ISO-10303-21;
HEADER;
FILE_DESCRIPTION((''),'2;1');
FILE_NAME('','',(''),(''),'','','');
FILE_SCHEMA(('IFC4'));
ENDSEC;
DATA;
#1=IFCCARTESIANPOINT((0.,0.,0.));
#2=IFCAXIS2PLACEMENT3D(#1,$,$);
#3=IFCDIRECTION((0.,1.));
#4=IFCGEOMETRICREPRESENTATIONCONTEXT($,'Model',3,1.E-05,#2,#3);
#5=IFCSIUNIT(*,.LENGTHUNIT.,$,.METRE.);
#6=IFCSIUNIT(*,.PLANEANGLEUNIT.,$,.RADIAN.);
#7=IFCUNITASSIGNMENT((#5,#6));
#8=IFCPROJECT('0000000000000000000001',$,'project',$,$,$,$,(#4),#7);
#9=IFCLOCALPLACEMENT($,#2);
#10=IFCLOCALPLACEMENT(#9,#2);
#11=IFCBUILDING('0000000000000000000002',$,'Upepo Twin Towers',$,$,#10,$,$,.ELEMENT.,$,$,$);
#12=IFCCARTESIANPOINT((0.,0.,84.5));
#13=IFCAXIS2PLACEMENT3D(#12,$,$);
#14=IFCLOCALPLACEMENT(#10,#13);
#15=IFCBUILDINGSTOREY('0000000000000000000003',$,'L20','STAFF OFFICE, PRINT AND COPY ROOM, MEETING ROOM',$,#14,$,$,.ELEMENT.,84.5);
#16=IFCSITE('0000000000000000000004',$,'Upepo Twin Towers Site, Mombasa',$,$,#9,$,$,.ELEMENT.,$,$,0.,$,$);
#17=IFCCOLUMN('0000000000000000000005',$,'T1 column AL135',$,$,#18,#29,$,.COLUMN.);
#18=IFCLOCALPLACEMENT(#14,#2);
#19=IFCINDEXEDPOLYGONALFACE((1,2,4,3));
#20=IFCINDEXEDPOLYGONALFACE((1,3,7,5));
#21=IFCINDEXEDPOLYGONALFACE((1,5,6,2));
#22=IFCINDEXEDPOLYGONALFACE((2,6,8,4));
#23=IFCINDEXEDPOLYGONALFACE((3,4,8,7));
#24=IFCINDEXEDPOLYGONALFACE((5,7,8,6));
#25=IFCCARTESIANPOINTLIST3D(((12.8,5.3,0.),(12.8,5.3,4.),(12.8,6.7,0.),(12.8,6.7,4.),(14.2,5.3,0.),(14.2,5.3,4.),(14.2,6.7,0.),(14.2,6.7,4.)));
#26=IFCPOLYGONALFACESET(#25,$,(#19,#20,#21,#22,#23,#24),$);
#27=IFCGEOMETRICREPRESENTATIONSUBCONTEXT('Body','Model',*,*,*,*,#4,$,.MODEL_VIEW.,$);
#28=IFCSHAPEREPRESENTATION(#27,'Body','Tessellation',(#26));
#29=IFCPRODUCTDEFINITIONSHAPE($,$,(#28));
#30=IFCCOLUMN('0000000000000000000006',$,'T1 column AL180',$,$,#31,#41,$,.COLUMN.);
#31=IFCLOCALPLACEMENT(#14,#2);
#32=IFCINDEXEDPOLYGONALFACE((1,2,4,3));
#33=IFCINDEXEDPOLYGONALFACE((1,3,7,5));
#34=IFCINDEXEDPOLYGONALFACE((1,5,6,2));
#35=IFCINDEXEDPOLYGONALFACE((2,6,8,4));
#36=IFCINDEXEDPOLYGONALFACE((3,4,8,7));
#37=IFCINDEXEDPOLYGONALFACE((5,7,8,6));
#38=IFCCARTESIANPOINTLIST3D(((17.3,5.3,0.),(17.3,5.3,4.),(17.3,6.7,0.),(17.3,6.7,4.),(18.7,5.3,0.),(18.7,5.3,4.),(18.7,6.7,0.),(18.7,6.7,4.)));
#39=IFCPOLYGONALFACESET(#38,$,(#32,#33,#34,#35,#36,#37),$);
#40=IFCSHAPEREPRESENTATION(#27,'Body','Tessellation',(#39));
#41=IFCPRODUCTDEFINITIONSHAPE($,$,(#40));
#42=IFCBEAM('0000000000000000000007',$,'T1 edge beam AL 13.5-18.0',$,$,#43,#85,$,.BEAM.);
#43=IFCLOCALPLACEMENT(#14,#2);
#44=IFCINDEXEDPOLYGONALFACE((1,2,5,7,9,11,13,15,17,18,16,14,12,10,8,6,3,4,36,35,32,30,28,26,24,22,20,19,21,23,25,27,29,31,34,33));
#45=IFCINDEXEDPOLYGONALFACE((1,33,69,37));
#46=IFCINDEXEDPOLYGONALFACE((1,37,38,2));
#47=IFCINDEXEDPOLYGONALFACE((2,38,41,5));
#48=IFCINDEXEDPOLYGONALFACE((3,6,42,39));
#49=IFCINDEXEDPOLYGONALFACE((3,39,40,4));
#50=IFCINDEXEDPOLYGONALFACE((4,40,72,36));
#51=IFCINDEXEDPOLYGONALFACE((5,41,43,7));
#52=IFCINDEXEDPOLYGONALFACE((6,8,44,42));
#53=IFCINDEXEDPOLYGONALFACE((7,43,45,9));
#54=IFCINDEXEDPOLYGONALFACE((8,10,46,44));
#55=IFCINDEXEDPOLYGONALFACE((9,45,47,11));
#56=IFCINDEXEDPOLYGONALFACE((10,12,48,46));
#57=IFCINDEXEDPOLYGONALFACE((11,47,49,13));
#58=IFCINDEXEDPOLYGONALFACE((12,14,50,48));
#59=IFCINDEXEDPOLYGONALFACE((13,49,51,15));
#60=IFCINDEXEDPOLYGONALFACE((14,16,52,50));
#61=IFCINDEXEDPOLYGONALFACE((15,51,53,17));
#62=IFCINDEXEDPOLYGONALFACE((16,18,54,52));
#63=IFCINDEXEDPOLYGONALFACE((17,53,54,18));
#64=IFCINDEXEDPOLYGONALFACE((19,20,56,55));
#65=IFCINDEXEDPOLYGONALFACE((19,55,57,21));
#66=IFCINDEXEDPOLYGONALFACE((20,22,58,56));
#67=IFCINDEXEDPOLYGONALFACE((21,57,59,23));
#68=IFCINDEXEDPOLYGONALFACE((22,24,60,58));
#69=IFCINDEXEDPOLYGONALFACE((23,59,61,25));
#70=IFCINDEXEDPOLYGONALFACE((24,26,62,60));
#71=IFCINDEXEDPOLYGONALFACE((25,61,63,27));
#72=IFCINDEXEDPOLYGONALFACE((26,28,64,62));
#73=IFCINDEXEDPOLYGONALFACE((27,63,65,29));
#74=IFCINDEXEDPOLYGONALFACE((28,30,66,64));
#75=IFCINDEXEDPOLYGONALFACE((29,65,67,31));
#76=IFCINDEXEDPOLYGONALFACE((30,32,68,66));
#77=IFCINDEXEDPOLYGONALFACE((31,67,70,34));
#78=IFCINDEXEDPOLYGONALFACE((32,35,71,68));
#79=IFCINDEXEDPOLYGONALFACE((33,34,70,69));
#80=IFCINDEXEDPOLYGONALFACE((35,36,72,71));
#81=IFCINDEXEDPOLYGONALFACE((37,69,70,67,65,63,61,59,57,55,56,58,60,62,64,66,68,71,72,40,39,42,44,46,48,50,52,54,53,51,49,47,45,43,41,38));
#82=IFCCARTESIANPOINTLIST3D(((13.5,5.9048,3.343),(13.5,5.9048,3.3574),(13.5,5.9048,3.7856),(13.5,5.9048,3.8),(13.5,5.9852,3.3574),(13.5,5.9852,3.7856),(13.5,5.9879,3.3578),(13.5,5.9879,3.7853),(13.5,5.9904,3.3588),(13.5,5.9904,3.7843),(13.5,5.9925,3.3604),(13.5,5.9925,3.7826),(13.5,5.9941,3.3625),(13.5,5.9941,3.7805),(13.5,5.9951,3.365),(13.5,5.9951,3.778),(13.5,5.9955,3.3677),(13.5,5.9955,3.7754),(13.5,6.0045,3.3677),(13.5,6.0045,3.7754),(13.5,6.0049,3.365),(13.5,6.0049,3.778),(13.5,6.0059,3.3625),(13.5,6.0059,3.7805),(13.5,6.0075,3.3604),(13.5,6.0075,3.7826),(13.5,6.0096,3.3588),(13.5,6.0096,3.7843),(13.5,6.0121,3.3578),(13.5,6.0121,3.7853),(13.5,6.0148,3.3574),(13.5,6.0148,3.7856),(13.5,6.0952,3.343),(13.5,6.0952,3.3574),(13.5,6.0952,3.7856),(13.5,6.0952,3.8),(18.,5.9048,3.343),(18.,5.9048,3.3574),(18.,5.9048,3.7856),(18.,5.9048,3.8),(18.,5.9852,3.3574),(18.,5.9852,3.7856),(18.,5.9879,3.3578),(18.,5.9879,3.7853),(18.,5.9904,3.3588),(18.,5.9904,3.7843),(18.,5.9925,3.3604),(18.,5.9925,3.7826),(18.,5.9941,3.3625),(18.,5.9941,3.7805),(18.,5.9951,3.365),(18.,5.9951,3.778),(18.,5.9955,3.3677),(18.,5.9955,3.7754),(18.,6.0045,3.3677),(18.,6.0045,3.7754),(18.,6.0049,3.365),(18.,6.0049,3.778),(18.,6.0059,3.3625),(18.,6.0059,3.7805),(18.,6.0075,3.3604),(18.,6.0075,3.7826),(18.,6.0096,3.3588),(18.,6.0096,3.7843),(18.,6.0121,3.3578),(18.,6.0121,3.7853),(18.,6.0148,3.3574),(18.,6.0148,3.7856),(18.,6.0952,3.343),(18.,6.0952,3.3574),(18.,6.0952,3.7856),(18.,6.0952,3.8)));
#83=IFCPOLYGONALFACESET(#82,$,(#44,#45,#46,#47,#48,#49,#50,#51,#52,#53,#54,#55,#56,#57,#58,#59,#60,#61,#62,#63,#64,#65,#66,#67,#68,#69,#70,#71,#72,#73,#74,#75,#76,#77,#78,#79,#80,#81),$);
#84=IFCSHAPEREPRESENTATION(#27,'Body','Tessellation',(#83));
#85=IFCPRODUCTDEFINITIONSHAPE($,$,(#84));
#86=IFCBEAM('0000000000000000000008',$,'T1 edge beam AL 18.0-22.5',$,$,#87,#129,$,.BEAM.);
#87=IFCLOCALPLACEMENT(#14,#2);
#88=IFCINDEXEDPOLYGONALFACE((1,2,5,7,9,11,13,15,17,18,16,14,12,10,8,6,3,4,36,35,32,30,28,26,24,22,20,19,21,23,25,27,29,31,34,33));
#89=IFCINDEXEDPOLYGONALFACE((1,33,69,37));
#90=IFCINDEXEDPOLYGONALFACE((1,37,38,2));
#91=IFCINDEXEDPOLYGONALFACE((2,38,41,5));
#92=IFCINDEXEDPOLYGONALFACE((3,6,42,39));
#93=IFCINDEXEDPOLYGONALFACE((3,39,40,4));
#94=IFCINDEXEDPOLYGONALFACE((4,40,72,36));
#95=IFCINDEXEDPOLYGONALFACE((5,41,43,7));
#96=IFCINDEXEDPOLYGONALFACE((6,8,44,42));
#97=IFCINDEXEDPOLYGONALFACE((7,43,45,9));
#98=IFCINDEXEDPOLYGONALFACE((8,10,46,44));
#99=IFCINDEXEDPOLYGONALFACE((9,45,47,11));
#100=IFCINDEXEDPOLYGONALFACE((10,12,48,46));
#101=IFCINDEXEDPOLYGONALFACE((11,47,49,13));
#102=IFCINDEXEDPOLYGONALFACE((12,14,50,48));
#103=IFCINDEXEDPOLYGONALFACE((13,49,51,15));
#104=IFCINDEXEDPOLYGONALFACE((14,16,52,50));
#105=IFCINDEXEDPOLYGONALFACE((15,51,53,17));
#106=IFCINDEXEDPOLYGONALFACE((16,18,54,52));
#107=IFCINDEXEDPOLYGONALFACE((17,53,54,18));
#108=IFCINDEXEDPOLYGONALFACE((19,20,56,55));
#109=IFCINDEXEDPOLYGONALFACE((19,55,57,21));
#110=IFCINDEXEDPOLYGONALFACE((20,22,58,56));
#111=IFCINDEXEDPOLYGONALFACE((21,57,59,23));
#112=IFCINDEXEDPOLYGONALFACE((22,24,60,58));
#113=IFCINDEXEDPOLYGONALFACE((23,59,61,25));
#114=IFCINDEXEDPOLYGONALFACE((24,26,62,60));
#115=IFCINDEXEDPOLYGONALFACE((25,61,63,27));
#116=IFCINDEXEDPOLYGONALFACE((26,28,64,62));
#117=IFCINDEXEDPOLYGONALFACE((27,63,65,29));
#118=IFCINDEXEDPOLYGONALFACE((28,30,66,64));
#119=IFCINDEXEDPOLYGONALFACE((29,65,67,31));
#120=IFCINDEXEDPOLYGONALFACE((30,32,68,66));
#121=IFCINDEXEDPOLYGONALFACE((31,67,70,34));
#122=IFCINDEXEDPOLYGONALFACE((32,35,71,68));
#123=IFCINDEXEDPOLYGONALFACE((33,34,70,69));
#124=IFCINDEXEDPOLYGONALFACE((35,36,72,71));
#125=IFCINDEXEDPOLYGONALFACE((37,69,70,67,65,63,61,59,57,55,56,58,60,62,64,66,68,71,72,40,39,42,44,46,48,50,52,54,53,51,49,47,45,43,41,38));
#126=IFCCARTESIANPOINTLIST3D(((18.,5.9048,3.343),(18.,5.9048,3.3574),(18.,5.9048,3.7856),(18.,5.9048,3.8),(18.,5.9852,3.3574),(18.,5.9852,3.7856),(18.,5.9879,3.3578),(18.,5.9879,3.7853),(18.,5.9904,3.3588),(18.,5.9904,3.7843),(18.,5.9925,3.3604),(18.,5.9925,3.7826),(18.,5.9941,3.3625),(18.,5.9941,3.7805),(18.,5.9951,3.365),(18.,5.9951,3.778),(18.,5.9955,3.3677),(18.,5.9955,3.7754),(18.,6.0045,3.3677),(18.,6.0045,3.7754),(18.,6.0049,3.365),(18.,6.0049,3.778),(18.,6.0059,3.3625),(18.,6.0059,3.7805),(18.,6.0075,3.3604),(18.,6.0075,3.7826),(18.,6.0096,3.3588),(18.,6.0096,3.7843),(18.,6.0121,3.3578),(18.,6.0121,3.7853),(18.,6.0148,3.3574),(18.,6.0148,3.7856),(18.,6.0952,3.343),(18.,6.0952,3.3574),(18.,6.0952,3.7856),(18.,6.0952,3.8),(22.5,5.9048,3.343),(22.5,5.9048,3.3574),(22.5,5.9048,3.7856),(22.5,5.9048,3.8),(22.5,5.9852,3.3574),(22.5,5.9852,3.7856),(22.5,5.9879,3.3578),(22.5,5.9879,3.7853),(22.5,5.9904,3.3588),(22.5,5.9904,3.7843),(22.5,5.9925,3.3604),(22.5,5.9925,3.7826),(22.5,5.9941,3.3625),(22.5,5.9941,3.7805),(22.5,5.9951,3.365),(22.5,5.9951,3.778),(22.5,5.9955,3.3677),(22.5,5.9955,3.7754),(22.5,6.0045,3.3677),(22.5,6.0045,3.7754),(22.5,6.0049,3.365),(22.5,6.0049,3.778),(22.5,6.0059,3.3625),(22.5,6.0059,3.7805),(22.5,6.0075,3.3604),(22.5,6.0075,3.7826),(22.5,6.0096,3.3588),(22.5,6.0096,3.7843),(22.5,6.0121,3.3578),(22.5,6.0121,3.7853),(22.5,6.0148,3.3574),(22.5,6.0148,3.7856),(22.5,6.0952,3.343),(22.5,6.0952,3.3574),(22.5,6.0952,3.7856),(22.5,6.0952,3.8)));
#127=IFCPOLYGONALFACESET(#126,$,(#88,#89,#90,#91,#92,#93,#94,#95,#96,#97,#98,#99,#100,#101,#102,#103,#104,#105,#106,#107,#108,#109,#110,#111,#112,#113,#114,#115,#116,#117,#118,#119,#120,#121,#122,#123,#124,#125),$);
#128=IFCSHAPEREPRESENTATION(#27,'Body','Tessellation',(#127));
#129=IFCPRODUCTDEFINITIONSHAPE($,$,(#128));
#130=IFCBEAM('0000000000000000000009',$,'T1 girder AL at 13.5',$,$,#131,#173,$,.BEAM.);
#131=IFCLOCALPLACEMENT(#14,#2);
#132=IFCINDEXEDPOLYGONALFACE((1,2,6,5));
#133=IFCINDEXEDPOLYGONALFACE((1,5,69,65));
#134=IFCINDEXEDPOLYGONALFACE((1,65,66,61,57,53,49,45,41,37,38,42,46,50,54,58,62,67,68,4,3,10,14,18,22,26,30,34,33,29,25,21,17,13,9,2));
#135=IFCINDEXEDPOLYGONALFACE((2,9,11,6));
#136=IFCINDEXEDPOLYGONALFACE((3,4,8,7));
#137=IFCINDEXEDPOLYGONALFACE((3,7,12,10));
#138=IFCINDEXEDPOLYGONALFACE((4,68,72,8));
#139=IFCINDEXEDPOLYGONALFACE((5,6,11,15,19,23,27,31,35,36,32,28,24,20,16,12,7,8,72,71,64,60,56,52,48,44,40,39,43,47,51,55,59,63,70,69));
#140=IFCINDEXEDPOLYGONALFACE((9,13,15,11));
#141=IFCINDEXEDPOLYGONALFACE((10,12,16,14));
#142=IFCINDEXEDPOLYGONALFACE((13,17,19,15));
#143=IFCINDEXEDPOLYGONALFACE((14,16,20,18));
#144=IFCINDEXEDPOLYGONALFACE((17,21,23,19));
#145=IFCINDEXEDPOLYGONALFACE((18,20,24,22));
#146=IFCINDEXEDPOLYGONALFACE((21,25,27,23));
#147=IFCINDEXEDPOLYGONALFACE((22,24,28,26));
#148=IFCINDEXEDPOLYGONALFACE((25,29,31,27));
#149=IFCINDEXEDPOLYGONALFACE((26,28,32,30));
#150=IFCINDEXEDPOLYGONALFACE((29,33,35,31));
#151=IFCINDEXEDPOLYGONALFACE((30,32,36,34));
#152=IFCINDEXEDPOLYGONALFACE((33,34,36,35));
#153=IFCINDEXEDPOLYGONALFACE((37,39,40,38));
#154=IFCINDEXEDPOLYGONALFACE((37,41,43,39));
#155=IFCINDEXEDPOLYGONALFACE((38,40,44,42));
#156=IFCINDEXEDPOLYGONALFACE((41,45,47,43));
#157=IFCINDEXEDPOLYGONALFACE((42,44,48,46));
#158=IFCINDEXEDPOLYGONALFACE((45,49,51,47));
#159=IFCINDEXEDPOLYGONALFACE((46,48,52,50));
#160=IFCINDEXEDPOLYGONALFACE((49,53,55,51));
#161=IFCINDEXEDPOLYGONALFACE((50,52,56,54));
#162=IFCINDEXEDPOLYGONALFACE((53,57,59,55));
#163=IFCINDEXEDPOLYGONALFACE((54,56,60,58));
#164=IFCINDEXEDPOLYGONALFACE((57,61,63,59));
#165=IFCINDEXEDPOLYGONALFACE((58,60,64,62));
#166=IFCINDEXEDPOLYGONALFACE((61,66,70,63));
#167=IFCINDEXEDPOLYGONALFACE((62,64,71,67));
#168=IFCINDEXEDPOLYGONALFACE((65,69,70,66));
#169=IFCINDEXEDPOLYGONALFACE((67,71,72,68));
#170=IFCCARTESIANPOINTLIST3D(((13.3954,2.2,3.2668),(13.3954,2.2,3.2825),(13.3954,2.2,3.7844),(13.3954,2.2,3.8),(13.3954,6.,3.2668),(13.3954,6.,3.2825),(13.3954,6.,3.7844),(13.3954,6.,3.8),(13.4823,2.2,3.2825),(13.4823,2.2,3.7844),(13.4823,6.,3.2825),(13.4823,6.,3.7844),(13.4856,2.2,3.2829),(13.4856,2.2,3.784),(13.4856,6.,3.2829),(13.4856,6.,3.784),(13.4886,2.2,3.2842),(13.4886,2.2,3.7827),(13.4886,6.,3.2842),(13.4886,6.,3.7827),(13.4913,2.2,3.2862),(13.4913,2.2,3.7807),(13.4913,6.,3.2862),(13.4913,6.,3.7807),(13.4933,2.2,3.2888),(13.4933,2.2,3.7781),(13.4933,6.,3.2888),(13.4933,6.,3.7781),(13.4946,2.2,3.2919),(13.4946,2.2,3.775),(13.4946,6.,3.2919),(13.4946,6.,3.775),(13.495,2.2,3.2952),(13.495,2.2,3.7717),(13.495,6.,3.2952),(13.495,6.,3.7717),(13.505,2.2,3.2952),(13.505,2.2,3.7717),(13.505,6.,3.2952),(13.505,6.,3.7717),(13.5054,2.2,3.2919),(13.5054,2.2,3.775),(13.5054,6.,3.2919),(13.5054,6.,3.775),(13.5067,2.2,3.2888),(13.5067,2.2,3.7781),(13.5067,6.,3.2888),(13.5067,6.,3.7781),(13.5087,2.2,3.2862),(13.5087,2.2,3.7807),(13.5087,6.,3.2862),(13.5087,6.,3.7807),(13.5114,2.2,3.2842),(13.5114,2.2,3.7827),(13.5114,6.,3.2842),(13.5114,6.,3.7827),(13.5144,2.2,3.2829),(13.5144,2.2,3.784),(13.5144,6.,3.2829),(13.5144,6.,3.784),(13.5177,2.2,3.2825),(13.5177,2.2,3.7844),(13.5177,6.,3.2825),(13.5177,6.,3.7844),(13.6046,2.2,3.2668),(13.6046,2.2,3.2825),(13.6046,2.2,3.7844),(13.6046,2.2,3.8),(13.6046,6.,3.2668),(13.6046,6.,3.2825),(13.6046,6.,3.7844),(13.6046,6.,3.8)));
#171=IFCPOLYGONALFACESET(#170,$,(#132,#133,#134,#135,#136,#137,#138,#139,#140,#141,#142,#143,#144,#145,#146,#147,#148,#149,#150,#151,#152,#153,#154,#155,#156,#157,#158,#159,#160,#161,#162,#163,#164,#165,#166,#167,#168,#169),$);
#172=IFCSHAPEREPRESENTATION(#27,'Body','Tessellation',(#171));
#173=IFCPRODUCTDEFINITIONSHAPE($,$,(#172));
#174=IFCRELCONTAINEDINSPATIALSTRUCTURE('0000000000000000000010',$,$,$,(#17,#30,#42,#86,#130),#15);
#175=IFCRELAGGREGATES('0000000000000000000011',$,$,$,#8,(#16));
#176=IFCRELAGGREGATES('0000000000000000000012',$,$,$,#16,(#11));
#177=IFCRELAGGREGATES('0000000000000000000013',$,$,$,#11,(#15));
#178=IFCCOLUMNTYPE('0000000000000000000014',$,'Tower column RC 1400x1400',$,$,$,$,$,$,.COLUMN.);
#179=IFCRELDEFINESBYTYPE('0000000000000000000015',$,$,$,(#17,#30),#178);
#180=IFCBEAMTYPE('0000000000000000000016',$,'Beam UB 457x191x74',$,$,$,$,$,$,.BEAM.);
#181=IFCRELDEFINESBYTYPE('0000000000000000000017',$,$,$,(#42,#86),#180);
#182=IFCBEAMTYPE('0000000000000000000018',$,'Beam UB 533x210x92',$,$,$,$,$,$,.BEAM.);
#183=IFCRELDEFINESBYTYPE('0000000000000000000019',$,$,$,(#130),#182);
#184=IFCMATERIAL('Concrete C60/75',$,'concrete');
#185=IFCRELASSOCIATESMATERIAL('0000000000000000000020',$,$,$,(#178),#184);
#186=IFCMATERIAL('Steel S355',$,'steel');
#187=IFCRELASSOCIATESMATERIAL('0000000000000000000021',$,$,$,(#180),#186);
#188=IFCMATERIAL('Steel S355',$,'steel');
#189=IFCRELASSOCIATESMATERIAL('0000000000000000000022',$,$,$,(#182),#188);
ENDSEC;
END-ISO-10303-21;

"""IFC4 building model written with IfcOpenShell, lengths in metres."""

from ifc_helpers import new_model, si_unit, direction, frame, origin, origin_2d, place, context, subcontext, project, spatial, rectangle, i_section, extrude, material, material_profile, profile_set, type_object, element, save


model = new_model("IFC4")

# Units and contexts
model_context = context("Model", 3, precision=1e-05, world=origin(), true_north=direction((0.0, 1.0)))
body_context = subcontext(model_context, "Body", "Model", "MODEL_VIEW")
ifc_project = project(units=[si_unit("LENGTHUNIT", "METRE"), si_unit("PLANEANGLEUNIT", "RADIAN")], contexts=[model_context])

# Site, building, storey
site_placement = place(None, origin())
site = spatial("IfcSite", under=ifc_project, at=site_placement, Name="Upepo Twin Towers Site, Mombasa", CompositionType="ELEMENT", RefElevation=0.0)
building_placement = place(site_placement, origin())
building = spatial("IfcBuilding", under=site, at=building_placement, Name="Upepo Twin Towers", CompositionType="ELEMENT")
storey_placement = place(building_placement, frame((0.0, 0.0, 84.5)))
storey = spatial("IfcBuildingStorey", under=building, at=storey_placement, Name="L20", Description="STAFF OFFICE, PRINT AND COPY ROOM, MEETING ROOM", CompositionType="ELEMENT", Elevation=84.5)

# Columns
ifc_material_1 = material(Name="Concrete C60/75", Category="concrete")
ifc_material_profile_1 = material_profile(ifc_material_1, rectangle(XDim=1.3999, YDim=1.3999, at=origin_2d()), Name="RC 1400x1400")
ifc_profile_set_1 = profile_set([ifc_material_profile_1], Name="Concrete C60/75")
column_type = type_object("IfcColumnType", Name="Tower column RC 1400x1400", PredefinedType="COLUMN", material=ifc_profile_set_1)
for number, where, z_axis, x_axis, name in (
    (1, (13.5, 6.0, 0.0), (0.0, 0.0, 1.0), (1.0, 0.0, 0.0), "T1 column AL135"),
    (2, (18.0, 6.0, 0.0), (0.0, 0.0, 1.0), (1.0, 0.0, 0.0), "T1 column AL180"),
):
    element("IfcColumn", number, at=place(storey_placement, frame(where, z_axis=z_axis, x_axis=x_axis)), inside=storey, type_object=column_type, Name=name, PredefinedType="COLUMN", context=body_context, shape_type="SweptSolid", body=[
        extrude(rectangle(XDim=1.3999, YDim=1.3999, at=origin_2d()), origin(), (0.0, 0.0, 1.0), 4.0),
    ])

# Beams
ifc_material_2 = material(Name="Steel S355", Category="steel")
ifc_material_profile_2 = material_profile(ifc_material_2, i_section(OverallWidth=0.1904, OverallDepth=0.457, WebThickness=0.009, FlangeThickness=0.0144, FilletRadius=0.0103, at=origin_2d()), Name="UB 457x191x74")
ifc_profile_set_2 = profile_set([ifc_material_profile_2], Name="Steel S355")
beam_type_1 = type_object("IfcBeamType", Name="Beam UB 457x191x74", PredefinedType="BEAM", material=ifc_profile_set_2)
for number, where, z_axis, x_axis, name in (
    (3, (13.5, 6.0, 3.5715), (1.0, 0.0, 0.0), (0.0, 1.0, 0.0), "T1 edge beam AL 13.5-18.0"),
    (4, (18.0, 6.0, 3.5715), (1.0, 0.0, 0.0), (0.0, 1.0, 0.0), "T1 edge beam AL 18.0-22.5"),
):
    element("IfcBeam", number, at=place(storey_placement, frame(where, z_axis=z_axis, x_axis=x_axis)), inside=storey, type_object=beam_type_1, Name=name, PredefinedType="BEAM", context=body_context, shape_type="SweptSolid", body=[
        extrude(i_section(OverallWidth=0.1904, OverallDepth=0.457, WebThickness=0.009, FlangeThickness=0.0144, FilletRadius=0.0103, at=origin_2d()), origin(), (0.0, 0.0, 1.0), 4.5),
    ])
ifc_material_3 = material(Name="Steel S355", Category="steel")
ifc_material_profile_3 = material_profile(ifc_material_3, i_section(OverallWidth=0.2092, OverallDepth=0.5332, WebThickness=0.01, FlangeThickness=0.0156, FilletRadius=0.0127, at=origin_2d()), Name="UB 533x210x92")
ifc_profile_set_3 = profile_set([ifc_material_profile_3], Name="Steel S355")
beam_type_2 = type_object("IfcBeamType", Name="Beam UB 533x210x92", PredefinedType="BEAM", material=ifc_profile_set_3)
for number, where, z_axis, x_axis, name in (
    (5, (13.5, 6.0, 3.5334), (0.0, -1.0, 0.0), (1.0, 0.0, 0.0), "T1 girder AL at 13.5"),
):
    element("IfcBeam", number, at=place(storey_placement, frame(where, z_axis=z_axis, x_axis=x_axis)), inside=storey, type_object=beam_type_2, Name=name, PredefinedType="BEAM", context=body_context, shape_type="SweptSolid", body=[
        extrude(i_section(OverallWidth=0.2092, OverallDepth=0.5332, WebThickness=0.01, FlangeThickness=0.0156, FilletRadius=0.0127, at=origin_2d()), origin(), (0.0, 0.0, 1.0), 3.8),
    ])

save(model, "model.ifc")
